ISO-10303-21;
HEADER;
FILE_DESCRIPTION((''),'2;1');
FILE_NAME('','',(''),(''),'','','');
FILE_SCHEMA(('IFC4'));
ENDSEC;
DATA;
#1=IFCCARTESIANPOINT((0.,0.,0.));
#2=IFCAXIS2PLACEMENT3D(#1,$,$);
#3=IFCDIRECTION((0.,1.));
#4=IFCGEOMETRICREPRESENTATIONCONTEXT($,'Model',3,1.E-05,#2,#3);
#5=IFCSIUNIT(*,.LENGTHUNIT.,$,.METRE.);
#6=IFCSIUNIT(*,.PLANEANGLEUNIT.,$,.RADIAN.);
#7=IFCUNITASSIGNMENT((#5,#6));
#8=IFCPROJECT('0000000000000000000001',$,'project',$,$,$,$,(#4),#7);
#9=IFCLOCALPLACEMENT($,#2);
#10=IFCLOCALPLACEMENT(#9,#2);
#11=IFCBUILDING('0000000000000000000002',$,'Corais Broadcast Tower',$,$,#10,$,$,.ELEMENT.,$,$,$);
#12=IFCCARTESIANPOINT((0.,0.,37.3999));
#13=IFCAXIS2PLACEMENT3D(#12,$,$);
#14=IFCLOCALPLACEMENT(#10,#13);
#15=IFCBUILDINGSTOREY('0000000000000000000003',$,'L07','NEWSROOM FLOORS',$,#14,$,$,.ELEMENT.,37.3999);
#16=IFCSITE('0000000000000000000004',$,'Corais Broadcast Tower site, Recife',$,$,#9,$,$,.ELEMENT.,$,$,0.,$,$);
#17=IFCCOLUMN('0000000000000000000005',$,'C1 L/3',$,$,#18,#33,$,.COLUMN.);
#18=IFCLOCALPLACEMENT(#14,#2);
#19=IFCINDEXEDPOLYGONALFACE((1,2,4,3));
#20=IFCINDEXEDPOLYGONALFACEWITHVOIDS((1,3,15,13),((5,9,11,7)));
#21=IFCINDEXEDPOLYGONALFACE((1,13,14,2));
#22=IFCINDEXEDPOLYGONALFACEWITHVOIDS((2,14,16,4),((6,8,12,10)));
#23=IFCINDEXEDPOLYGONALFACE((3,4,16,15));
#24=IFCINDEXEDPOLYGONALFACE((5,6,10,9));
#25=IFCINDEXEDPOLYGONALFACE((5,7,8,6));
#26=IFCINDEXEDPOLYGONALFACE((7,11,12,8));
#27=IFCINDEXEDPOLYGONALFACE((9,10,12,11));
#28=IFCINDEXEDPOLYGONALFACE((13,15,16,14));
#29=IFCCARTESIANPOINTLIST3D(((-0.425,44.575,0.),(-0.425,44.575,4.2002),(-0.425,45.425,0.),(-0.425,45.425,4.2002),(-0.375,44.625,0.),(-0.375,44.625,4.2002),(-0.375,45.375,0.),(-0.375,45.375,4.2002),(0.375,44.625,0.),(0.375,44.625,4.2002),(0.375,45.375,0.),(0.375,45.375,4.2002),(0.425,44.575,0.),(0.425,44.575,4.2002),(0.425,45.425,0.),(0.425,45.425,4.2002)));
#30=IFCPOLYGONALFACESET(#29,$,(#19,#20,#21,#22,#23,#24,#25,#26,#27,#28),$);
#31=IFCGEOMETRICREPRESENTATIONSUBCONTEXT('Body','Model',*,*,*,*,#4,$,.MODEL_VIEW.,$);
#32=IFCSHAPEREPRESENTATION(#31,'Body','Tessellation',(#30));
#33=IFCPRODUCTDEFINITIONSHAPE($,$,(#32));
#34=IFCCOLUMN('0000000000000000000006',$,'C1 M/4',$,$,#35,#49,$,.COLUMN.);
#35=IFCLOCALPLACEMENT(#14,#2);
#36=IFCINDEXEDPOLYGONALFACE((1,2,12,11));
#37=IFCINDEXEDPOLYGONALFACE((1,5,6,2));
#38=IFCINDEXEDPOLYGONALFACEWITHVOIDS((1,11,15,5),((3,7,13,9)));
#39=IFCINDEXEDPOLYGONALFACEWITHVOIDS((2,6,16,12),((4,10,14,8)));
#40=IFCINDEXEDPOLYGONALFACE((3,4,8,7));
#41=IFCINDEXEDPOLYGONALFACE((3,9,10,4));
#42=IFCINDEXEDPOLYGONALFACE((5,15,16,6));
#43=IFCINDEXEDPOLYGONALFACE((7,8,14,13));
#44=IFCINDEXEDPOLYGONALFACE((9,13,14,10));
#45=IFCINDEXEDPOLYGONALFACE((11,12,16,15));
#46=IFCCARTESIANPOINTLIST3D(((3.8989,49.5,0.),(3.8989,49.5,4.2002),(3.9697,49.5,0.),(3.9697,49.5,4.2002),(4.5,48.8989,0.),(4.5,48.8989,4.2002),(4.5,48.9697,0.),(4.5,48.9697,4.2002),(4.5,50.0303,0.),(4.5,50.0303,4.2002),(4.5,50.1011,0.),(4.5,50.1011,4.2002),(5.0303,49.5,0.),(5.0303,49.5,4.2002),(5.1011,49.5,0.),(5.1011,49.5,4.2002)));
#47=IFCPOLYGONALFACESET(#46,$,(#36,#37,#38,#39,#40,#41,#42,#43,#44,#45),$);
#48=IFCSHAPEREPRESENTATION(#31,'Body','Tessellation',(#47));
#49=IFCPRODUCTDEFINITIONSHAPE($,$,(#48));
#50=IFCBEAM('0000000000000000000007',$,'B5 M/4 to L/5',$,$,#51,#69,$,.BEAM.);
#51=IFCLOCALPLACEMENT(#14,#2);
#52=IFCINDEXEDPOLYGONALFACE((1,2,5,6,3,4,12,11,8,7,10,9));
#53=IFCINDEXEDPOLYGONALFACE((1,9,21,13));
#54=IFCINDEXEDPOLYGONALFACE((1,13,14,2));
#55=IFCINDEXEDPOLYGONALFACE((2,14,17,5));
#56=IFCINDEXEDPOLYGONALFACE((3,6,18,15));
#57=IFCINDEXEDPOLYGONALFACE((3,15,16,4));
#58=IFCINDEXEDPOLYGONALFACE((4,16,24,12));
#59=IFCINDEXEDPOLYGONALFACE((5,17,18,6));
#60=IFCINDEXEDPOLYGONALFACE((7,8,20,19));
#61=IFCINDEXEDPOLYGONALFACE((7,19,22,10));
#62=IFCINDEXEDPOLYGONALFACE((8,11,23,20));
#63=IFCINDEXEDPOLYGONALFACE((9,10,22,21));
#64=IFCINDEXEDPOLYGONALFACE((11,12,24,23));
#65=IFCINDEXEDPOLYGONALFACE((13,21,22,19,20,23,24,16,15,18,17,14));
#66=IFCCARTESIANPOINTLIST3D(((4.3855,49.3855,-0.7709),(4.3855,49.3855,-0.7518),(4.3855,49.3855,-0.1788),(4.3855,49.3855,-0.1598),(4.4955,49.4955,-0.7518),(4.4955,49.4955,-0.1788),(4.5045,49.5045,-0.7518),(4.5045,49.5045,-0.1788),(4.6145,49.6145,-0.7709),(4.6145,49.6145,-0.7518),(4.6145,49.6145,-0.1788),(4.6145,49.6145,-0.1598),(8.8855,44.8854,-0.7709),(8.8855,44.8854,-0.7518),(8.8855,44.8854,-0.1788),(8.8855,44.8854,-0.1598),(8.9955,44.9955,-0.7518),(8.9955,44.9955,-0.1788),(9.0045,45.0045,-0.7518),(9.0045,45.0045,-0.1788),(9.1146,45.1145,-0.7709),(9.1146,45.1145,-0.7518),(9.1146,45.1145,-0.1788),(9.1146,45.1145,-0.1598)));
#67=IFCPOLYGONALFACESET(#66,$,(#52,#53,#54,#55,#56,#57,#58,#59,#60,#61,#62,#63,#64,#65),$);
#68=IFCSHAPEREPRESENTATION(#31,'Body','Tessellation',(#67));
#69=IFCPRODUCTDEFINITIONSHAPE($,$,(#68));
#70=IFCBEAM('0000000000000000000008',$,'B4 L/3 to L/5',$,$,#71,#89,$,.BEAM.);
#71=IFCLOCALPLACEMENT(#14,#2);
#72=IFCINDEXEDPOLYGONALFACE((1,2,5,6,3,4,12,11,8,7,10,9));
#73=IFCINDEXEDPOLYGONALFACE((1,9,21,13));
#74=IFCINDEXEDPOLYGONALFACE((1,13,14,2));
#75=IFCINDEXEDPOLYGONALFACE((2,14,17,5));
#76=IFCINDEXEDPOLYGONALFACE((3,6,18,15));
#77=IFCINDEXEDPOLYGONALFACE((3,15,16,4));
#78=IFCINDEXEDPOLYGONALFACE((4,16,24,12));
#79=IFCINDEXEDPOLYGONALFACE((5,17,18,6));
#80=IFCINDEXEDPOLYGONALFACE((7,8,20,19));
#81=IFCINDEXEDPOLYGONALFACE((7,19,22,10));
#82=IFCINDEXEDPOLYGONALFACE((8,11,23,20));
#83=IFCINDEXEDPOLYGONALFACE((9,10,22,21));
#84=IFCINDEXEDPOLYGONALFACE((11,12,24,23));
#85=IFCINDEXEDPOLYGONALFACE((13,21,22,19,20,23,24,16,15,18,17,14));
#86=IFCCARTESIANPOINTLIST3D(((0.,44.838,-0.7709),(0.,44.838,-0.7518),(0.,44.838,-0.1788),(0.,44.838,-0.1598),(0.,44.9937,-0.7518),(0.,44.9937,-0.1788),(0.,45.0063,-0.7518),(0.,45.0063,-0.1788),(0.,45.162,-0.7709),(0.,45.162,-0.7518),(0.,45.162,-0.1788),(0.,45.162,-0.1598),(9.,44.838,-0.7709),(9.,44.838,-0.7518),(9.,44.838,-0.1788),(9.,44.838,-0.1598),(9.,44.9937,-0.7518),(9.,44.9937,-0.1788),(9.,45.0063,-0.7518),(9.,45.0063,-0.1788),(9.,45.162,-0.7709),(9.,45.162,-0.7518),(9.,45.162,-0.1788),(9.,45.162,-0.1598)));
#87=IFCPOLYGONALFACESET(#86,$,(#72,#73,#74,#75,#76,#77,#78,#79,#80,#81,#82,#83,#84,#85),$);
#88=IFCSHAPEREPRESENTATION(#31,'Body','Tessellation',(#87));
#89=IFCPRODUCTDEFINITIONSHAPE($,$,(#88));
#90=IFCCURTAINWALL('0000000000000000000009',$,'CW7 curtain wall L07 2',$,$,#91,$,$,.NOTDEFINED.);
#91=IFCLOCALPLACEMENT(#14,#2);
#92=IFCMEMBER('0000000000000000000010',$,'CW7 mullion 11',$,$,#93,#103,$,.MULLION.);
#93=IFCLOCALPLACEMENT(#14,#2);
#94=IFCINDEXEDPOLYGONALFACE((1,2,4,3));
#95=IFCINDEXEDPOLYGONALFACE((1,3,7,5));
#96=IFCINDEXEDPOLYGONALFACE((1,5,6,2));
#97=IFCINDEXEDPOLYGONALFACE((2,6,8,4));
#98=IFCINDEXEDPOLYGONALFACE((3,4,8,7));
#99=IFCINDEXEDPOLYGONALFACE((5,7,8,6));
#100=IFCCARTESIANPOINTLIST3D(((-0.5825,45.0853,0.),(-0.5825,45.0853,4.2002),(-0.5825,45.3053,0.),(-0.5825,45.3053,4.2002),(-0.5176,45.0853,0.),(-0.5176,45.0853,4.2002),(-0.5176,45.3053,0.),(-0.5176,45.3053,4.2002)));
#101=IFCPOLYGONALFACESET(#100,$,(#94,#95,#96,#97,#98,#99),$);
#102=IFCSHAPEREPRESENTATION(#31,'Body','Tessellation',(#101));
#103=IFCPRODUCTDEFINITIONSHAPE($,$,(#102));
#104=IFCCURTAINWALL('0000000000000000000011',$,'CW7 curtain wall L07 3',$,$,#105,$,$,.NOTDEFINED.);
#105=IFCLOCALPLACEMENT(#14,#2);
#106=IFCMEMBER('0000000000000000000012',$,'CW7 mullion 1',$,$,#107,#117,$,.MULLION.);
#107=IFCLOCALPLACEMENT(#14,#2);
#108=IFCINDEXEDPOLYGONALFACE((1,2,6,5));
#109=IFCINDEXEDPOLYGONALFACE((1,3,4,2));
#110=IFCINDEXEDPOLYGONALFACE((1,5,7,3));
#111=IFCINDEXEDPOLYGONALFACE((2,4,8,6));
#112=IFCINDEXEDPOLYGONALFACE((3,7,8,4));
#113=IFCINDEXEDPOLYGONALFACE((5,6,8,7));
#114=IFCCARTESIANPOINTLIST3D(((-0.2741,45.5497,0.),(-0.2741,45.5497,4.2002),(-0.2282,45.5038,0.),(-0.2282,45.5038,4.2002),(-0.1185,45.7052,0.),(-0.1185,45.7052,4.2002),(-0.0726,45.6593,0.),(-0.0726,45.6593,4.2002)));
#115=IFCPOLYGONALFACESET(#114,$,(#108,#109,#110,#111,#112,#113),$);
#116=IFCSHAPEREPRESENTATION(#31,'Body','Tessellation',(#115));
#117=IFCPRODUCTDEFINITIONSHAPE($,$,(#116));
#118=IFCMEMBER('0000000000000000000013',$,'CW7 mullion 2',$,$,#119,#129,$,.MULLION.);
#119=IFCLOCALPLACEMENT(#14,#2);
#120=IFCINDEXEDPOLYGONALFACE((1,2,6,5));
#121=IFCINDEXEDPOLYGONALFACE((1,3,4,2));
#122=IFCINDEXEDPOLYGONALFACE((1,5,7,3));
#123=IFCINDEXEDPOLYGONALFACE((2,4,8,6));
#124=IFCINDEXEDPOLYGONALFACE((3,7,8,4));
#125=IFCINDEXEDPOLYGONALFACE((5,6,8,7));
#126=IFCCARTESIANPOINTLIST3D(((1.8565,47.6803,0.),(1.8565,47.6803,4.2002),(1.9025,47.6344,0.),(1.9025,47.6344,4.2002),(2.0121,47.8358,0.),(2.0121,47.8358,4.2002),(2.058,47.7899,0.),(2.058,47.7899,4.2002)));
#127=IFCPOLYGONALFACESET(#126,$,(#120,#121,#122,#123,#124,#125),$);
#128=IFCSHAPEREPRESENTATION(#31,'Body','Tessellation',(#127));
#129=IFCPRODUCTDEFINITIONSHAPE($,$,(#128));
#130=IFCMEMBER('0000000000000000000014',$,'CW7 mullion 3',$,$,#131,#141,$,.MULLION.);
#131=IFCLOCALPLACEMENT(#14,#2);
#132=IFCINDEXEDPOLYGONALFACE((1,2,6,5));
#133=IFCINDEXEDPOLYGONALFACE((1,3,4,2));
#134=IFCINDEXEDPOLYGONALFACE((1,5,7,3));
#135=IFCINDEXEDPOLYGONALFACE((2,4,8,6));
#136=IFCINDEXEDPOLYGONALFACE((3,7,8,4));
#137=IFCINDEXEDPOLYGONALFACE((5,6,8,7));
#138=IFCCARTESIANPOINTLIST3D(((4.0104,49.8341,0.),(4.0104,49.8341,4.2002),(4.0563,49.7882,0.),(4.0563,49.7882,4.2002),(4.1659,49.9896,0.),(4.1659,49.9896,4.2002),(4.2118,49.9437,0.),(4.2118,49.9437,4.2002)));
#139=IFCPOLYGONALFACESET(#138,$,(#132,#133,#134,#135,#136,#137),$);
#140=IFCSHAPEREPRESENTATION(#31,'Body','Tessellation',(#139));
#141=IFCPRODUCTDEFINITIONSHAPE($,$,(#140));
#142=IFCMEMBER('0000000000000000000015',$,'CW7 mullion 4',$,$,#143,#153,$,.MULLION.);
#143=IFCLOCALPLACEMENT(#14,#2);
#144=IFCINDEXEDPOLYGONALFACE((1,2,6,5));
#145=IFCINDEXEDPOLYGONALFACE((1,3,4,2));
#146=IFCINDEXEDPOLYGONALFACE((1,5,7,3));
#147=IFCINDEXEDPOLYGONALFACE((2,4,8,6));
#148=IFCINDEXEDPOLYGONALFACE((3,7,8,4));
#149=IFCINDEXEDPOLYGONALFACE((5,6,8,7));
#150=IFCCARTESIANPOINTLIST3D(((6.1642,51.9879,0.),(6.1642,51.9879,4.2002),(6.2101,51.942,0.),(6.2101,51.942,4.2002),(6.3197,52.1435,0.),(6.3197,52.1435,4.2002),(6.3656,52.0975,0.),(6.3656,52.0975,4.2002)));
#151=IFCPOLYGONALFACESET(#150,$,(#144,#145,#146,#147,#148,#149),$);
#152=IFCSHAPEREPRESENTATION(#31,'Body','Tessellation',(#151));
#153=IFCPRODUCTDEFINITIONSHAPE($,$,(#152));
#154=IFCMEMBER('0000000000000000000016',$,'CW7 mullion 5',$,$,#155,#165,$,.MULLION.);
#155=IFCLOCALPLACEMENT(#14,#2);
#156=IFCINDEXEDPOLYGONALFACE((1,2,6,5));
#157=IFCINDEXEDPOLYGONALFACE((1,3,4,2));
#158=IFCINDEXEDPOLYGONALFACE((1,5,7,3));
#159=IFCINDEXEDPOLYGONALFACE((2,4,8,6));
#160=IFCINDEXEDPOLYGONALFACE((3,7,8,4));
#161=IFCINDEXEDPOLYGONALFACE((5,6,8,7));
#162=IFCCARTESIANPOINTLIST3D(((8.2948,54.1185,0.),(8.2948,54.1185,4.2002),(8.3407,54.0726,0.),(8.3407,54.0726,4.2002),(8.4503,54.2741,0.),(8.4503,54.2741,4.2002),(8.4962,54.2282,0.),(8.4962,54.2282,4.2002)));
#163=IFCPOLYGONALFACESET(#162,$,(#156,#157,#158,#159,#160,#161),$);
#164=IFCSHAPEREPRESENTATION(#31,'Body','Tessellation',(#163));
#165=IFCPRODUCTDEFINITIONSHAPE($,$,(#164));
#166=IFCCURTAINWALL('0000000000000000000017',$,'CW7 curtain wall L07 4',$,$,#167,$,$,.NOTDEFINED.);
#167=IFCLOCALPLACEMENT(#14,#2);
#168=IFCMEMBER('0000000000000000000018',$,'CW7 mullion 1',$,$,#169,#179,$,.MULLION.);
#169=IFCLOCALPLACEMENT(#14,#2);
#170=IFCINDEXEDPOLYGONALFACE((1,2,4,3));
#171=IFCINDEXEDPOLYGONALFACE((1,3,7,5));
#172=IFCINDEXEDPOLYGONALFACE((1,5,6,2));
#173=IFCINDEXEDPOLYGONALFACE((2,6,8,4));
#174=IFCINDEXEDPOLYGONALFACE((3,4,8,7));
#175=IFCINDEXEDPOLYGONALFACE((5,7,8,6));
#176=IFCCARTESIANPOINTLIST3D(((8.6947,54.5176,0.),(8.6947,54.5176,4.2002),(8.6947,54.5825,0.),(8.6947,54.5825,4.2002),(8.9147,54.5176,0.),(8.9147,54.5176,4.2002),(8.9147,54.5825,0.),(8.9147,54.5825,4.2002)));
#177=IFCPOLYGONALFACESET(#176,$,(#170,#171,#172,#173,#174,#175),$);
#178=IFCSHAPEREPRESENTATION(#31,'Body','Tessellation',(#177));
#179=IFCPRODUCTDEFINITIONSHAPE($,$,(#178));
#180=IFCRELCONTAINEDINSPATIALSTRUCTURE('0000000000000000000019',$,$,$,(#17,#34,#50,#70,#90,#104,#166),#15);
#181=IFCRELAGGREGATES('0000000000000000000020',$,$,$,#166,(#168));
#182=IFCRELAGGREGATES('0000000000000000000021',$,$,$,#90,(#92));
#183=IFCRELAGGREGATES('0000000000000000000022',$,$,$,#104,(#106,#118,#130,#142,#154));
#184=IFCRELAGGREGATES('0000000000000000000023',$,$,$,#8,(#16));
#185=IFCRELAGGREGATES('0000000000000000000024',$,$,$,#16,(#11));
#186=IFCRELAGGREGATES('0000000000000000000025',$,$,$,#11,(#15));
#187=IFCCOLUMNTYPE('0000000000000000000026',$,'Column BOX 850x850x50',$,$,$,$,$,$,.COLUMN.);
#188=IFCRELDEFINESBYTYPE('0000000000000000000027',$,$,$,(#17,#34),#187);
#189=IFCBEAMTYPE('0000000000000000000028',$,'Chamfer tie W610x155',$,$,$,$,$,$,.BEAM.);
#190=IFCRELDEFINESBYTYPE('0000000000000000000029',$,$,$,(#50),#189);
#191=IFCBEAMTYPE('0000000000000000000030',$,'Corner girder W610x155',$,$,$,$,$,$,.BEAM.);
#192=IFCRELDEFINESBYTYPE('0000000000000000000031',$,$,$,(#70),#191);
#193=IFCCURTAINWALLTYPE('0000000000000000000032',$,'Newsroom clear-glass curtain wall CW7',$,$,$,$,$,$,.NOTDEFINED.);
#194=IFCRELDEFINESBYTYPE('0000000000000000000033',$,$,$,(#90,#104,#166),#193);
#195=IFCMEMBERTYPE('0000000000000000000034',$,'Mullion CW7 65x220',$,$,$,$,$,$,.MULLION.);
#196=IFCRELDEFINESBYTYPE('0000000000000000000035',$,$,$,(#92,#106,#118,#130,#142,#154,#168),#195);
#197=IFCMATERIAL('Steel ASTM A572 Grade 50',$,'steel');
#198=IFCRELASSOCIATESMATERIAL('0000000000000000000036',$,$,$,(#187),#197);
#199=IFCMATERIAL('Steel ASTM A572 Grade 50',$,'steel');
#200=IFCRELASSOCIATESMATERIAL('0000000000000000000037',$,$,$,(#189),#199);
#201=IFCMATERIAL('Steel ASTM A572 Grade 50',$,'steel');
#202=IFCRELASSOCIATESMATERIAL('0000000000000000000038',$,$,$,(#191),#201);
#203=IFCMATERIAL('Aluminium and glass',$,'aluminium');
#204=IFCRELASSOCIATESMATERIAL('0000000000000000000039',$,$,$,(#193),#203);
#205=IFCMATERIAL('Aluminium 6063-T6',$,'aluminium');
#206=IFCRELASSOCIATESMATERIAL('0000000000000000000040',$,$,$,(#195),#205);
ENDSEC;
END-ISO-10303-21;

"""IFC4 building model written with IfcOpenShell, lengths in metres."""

from ifc_helpers import new_model, si_unit, direction, frame, origin, origin_2d, place, context, subcontext, project, spatial, rectangle, hollow_rectangle, i_section, extrude, material, material_profile, profile_set, type_object, element, aggregate, save


model = new_model("IFC4")

# Units and contexts
model_context = context("Model", 3, precision=1e-05, world=origin(), true_north=direction((0.0, 1.0)))
body_context = subcontext(model_context, "Body", "Model", "MODEL_VIEW")
ifc_project = project(units=[si_unit("LENGTHUNIT", "METRE"), si_unit("PLANEANGLEUNIT", "RADIAN")], contexts=[model_context])

# Site, building, storey
site_placement = place(None, origin())
site = spatial("IfcSite", under=ifc_project, at=site_placement, Name="Corais Broadcast Tower site, Recife", CompositionType="ELEMENT", RefElevation=0.0)
building_placement = place(site_placement, origin())
building = spatial("IfcBuilding", under=site, at=building_placement, Name="Corais Broadcast Tower", CompositionType="ELEMENT")
storey_placement = place(building_placement, frame((0.0, 0.0, 37.3999)))
storey = spatial("IfcBuildingStorey", under=building, at=storey_placement, Name="L07", Description="NEWSROOM FLOORS", CompositionType="ELEMENT", Elevation=37.3999)

# Columns
ifc_material_1 = material(Name="Steel ASTM A572 Grade 50", Category="steel")
ifc_material_profile_1 = material_profile(ifc_material_1, hollow_rectangle(XDim=0.8501, YDim=0.8501, WallThickness=0.05, at=origin_2d()), Name="BOX 850x850x50")
ifc_profile_set_1 = profile_set([ifc_material_profile_1], Name="Steel ASTM A572 Grade 50")
column_type = type_object("IfcColumnType", Name="Column BOX 850x850x50", PredefinedType="COLUMN", material=ifc_profile_set_1)
for number, where, z_axis, x_axis, name in (
    (1, (0.0, 45.0, 0.0), (0.0, 0.0, 1.0), (1.0, 0.0, 0.0), "C1 L/3"),
    (2, (4.5, 49.5, 0.0), (0.0, 0.0, 1.0), (0.707107, 0.707107, 0.0), "C1 M/4"),
):
    element("IfcColumn", number, at=place(storey_placement, frame(where, z_axis=z_axis, x_axis=x_axis)), inside=storey, type_object=column_type, Name=name, PredefinedType="COLUMN", context=body_context, shape_type="SweptSolid", body=[
        extrude(hollow_rectangle(XDim=0.8501, YDim=0.8501, WallThickness=0.05, at=origin_2d()), origin(), (0.0, 0.0, 1.0), 4.2002),
    ])

# Beams
ifc_material_2 = material(Name="Steel ASTM A572 Grade 50", Category="steel")
ifc_material_profile_2 = material_profile(ifc_material_2, i_section(OverallWidth=0.324, OverallDepth=0.6111, WebThickness=0.0127, FlangeThickness=0.019, at=origin_2d()), Name="W610x155")
ifc_profile_set_2 = profile_set([ifc_material_profile_2], Name="Steel ASTM A572 Grade 50")
beam_type_1 = type_object("IfcBeamType", Name="Chamfer tie W610x155", PredefinedType="BEAM", material=ifc_profile_set_2)
beam_1_placement = place(storey_placement, frame((4.5, 49.5, -0.4653), z_axis=(0.707107, -0.707107, 0.0), x_axis=(0.707107, 0.707107, 0.0)))
element("IfcBeam", 3, at=beam_1_placement, inside=storey, type_object=beam_type_1, Name="B5 M/4 to L/5", PredefinedType="BEAM", context=body_context, shape_type="SweptSolid", body=[
    extrude(i_section(OverallWidth=0.324, OverallDepth=0.6111, WebThickness=0.0127, FlangeThickness=0.019, at=origin_2d()), origin(), (0.0, 0.0, 1.0), 6.364),
])
ifc_material_3 = material(Name="Steel ASTM A572 Grade 50", Category="steel")
ifc_material_profile_3 = material_profile(ifc_material_3, i_section(OverallWidth=0.324, OverallDepth=0.6111, WebThickness=0.0127, FlangeThickness=0.019, at=origin_2d()), Name="W610x155")
ifc_profile_set_3 = profile_set([ifc_material_profile_3], Name="Steel ASTM A572 Grade 50")
beam_type_2 = type_object("IfcBeamType", Name="Corner girder W610x155", PredefinedType="BEAM", material=ifc_profile_set_3)
beam_2_placement = place(storey_placement, frame((0.0, 45.0, -0.4653), z_axis=(1.0, 0.0, 0.0), x_axis=(0.0, 1.0, 0.0)))
element("IfcBeam", 4, at=beam_2_placement, inside=storey, type_object=beam_type_2, Name="B4 L/3 to L/5", PredefinedType="BEAM", context=body_context, shape_type="SweptSolid", body=[
    extrude(i_section(OverallWidth=0.324, OverallDepth=0.6111, WebThickness=0.0127, FlangeThickness=0.019, at=origin_2d()), origin(), (0.0, 0.0, 1.0), 9.0),
])

# Curtain wall, member
ifc_material_4 = material(Name="Aluminium and glass", Category="aluminium")
curtain_wall_type = type_object("IfcCurtainWallType", Name="Newsroom clear-glass curtain wall CW7", PredefinedType="NOTDEFINED", material=ifc_material_4)
curtain_wall_1_placement = place(storey_placement, origin())
curtain_wall_1 = element("IfcCurtainWall", 5, at=curtain_wall_1_placement, inside=storey, type_object=curtain_wall_type, Name="CW7 curtain wall L07 2", PredefinedType="NOTDEFINED")
ifc_material_5 = material(Name="Aluminium 6063-T6", Category="aluminium")
ifc_material_profile_4 = material_profile(ifc_material_5, rectangle(XDim=0.0649, YDim=0.22, at=origin_2d()), Name="Mullion CW7 65x220")
ifc_profile_set_4 = profile_set([ifc_material_profile_4], Name="Aluminium 6063-T6")
member_type_1 = type_object("IfcMemberType", Name="Mullion CW7 65x220", PredefinedType="MULLION", material=ifc_profile_set_4)
member_1_placement = place(storey_placement, frame((-0.55, 45.1953, 0.0), z_axis=(0.0, 0.0, 1.0), x_axis=(-1.0, 0.0, 0.0)))
member_1 = element("IfcMember", 6, at=member_1_placement, type_object=member_type_1, Name="CW7 mullion 11", PredefinedType="MULLION", context=body_context, shape_type="SweptSolid", body=[
    extrude(rectangle(XDim=0.0649, YDim=0.22, at=origin_2d()), origin(), (0.0, 0.0, 1.0), 4.2002),
])

# Curtain wall, members
curtain_wall_2_placement = place(storey_placement, origin())
curtain_wall_2 = element("IfcCurtainWall", 7, at=curtain_wall_2_placement, inside=storey, type_object=curtain_wall_type, Name="CW7 curtain wall L07 3", PredefinedType="NOTDEFINED")
member_2_placement = place(storey_placement, frame((-0.1733, 45.6045, 0.0), z_axis=(0.0, 0.0, 1.0), x_axis=(-0.707107, 0.707107, 0.0)))
member_2 = element("IfcMember", 8, at=member_2_placement, type_object=member_type_1, Name="CW7 mullion 1", PredefinedType="MULLION", context=body_context, shape_type="SweptSolid", body=[
    extrude(rectangle(XDim=0.0649, YDim=0.22, at=origin_2d()), origin(), (0.0, 0.0, 1.0), 4.2002),
])
member_3_placement = place(storey_placement, frame((1.9573, 47.7351, 0.0), z_axis=(0.0, 0.0, 1.0), x_axis=(-0.707107, 0.707107, 0.0)))
member_3 = element("IfcMember", 9, at=member_3_placement, type_object=member_type_1, Name="CW7 mullion 2", PredefinedType="MULLION", context=body_context, shape_type="SweptSolid", body=[
    extrude(rectangle(XDim=0.0649, YDim=0.22, at=origin_2d()), origin(), (0.0, 0.0, 1.0), 4.2002),
])
member_4_placement = place(storey_placement, frame((4.1111, 49.8889, 0.0), z_axis=(0.0, 0.0, 1.0), x_axis=(-0.707107, 0.707107, 0.0)))
member_4 = element("IfcMember", 10, at=member_4_placement, type_object=member_type_1, Name="CW7 mullion 3", PredefinedType="MULLION", context=body_context, shape_type="SweptSolid", body=[
    extrude(rectangle(XDim=0.0649, YDim=0.22, at=origin_2d()), origin(), (0.0, 0.0, 1.0), 4.2002),
])
member_5_placement = place(storey_placement, frame((6.2649, 52.0427, 0.0), z_axis=(0.0, 0.0, 1.0), x_axis=(-0.707107, 0.707107, 0.0)))
member_5 = element("IfcMember", 11, at=member_5_placement, type_object=member_type_1, Name="CW7 mullion 4", PredefinedType="MULLION", context=body_context, shape_type="SweptSolid", body=[
    extrude(rectangle(XDim=0.0649, YDim=0.22, at=origin_2d()), origin(), (0.0, 0.0, 1.0), 4.2002),
])
member_6_placement = place(storey_placement, frame((8.3955, 54.1733, 0.0), z_axis=(0.0, 0.0, 1.0), x_axis=(-0.707107, 0.707107, 0.0)))
member_6 = element("IfcMember", 12, at=member_6_placement, type_object=member_type_1, Name="CW7 mullion 5", PredefinedType="MULLION", context=body_context, shape_type="SweptSolid", body=[
    extrude(rectangle(XDim=0.0649, YDim=0.22, at=origin_2d()), origin(), (0.0, 0.0, 1.0), 4.2002),
])

# Curtain wall, member
curtain_wall_3_placement = place(storey_placement, origin())
curtain_wall_3 = element("IfcCurtainWall", 13, at=curtain_wall_3_placement, inside=storey, type_object=curtain_wall_type, Name="CW7 curtain wall L07 4", PredefinedType="NOTDEFINED")
member_7_placement = place(storey_placement, frame((8.8047, 54.55, 0.0), z_axis=(0.0, 0.0, 1.0), x_axis=(0.0, 1.0, 0.0)))
member_7 = element("IfcMember", 14, at=member_7_placement, type_object=member_type_1, Name="CW7 mullion 1", PredefinedType="MULLION", context=body_context, shape_type="SweptSolid", body=[
    extrude(rectangle(XDim=0.0649, YDim=0.22, at=origin_2d()), origin(), (0.0, 0.0, 1.0), 4.2002),
])

aggregate(curtain_wall_3, [member_7])

aggregate(curtain_wall_1, [member_1])
aggregate(curtain_wall_2, [member_2, member_3, member_4, member_5, member_6])

save(model, "model.ifc")
